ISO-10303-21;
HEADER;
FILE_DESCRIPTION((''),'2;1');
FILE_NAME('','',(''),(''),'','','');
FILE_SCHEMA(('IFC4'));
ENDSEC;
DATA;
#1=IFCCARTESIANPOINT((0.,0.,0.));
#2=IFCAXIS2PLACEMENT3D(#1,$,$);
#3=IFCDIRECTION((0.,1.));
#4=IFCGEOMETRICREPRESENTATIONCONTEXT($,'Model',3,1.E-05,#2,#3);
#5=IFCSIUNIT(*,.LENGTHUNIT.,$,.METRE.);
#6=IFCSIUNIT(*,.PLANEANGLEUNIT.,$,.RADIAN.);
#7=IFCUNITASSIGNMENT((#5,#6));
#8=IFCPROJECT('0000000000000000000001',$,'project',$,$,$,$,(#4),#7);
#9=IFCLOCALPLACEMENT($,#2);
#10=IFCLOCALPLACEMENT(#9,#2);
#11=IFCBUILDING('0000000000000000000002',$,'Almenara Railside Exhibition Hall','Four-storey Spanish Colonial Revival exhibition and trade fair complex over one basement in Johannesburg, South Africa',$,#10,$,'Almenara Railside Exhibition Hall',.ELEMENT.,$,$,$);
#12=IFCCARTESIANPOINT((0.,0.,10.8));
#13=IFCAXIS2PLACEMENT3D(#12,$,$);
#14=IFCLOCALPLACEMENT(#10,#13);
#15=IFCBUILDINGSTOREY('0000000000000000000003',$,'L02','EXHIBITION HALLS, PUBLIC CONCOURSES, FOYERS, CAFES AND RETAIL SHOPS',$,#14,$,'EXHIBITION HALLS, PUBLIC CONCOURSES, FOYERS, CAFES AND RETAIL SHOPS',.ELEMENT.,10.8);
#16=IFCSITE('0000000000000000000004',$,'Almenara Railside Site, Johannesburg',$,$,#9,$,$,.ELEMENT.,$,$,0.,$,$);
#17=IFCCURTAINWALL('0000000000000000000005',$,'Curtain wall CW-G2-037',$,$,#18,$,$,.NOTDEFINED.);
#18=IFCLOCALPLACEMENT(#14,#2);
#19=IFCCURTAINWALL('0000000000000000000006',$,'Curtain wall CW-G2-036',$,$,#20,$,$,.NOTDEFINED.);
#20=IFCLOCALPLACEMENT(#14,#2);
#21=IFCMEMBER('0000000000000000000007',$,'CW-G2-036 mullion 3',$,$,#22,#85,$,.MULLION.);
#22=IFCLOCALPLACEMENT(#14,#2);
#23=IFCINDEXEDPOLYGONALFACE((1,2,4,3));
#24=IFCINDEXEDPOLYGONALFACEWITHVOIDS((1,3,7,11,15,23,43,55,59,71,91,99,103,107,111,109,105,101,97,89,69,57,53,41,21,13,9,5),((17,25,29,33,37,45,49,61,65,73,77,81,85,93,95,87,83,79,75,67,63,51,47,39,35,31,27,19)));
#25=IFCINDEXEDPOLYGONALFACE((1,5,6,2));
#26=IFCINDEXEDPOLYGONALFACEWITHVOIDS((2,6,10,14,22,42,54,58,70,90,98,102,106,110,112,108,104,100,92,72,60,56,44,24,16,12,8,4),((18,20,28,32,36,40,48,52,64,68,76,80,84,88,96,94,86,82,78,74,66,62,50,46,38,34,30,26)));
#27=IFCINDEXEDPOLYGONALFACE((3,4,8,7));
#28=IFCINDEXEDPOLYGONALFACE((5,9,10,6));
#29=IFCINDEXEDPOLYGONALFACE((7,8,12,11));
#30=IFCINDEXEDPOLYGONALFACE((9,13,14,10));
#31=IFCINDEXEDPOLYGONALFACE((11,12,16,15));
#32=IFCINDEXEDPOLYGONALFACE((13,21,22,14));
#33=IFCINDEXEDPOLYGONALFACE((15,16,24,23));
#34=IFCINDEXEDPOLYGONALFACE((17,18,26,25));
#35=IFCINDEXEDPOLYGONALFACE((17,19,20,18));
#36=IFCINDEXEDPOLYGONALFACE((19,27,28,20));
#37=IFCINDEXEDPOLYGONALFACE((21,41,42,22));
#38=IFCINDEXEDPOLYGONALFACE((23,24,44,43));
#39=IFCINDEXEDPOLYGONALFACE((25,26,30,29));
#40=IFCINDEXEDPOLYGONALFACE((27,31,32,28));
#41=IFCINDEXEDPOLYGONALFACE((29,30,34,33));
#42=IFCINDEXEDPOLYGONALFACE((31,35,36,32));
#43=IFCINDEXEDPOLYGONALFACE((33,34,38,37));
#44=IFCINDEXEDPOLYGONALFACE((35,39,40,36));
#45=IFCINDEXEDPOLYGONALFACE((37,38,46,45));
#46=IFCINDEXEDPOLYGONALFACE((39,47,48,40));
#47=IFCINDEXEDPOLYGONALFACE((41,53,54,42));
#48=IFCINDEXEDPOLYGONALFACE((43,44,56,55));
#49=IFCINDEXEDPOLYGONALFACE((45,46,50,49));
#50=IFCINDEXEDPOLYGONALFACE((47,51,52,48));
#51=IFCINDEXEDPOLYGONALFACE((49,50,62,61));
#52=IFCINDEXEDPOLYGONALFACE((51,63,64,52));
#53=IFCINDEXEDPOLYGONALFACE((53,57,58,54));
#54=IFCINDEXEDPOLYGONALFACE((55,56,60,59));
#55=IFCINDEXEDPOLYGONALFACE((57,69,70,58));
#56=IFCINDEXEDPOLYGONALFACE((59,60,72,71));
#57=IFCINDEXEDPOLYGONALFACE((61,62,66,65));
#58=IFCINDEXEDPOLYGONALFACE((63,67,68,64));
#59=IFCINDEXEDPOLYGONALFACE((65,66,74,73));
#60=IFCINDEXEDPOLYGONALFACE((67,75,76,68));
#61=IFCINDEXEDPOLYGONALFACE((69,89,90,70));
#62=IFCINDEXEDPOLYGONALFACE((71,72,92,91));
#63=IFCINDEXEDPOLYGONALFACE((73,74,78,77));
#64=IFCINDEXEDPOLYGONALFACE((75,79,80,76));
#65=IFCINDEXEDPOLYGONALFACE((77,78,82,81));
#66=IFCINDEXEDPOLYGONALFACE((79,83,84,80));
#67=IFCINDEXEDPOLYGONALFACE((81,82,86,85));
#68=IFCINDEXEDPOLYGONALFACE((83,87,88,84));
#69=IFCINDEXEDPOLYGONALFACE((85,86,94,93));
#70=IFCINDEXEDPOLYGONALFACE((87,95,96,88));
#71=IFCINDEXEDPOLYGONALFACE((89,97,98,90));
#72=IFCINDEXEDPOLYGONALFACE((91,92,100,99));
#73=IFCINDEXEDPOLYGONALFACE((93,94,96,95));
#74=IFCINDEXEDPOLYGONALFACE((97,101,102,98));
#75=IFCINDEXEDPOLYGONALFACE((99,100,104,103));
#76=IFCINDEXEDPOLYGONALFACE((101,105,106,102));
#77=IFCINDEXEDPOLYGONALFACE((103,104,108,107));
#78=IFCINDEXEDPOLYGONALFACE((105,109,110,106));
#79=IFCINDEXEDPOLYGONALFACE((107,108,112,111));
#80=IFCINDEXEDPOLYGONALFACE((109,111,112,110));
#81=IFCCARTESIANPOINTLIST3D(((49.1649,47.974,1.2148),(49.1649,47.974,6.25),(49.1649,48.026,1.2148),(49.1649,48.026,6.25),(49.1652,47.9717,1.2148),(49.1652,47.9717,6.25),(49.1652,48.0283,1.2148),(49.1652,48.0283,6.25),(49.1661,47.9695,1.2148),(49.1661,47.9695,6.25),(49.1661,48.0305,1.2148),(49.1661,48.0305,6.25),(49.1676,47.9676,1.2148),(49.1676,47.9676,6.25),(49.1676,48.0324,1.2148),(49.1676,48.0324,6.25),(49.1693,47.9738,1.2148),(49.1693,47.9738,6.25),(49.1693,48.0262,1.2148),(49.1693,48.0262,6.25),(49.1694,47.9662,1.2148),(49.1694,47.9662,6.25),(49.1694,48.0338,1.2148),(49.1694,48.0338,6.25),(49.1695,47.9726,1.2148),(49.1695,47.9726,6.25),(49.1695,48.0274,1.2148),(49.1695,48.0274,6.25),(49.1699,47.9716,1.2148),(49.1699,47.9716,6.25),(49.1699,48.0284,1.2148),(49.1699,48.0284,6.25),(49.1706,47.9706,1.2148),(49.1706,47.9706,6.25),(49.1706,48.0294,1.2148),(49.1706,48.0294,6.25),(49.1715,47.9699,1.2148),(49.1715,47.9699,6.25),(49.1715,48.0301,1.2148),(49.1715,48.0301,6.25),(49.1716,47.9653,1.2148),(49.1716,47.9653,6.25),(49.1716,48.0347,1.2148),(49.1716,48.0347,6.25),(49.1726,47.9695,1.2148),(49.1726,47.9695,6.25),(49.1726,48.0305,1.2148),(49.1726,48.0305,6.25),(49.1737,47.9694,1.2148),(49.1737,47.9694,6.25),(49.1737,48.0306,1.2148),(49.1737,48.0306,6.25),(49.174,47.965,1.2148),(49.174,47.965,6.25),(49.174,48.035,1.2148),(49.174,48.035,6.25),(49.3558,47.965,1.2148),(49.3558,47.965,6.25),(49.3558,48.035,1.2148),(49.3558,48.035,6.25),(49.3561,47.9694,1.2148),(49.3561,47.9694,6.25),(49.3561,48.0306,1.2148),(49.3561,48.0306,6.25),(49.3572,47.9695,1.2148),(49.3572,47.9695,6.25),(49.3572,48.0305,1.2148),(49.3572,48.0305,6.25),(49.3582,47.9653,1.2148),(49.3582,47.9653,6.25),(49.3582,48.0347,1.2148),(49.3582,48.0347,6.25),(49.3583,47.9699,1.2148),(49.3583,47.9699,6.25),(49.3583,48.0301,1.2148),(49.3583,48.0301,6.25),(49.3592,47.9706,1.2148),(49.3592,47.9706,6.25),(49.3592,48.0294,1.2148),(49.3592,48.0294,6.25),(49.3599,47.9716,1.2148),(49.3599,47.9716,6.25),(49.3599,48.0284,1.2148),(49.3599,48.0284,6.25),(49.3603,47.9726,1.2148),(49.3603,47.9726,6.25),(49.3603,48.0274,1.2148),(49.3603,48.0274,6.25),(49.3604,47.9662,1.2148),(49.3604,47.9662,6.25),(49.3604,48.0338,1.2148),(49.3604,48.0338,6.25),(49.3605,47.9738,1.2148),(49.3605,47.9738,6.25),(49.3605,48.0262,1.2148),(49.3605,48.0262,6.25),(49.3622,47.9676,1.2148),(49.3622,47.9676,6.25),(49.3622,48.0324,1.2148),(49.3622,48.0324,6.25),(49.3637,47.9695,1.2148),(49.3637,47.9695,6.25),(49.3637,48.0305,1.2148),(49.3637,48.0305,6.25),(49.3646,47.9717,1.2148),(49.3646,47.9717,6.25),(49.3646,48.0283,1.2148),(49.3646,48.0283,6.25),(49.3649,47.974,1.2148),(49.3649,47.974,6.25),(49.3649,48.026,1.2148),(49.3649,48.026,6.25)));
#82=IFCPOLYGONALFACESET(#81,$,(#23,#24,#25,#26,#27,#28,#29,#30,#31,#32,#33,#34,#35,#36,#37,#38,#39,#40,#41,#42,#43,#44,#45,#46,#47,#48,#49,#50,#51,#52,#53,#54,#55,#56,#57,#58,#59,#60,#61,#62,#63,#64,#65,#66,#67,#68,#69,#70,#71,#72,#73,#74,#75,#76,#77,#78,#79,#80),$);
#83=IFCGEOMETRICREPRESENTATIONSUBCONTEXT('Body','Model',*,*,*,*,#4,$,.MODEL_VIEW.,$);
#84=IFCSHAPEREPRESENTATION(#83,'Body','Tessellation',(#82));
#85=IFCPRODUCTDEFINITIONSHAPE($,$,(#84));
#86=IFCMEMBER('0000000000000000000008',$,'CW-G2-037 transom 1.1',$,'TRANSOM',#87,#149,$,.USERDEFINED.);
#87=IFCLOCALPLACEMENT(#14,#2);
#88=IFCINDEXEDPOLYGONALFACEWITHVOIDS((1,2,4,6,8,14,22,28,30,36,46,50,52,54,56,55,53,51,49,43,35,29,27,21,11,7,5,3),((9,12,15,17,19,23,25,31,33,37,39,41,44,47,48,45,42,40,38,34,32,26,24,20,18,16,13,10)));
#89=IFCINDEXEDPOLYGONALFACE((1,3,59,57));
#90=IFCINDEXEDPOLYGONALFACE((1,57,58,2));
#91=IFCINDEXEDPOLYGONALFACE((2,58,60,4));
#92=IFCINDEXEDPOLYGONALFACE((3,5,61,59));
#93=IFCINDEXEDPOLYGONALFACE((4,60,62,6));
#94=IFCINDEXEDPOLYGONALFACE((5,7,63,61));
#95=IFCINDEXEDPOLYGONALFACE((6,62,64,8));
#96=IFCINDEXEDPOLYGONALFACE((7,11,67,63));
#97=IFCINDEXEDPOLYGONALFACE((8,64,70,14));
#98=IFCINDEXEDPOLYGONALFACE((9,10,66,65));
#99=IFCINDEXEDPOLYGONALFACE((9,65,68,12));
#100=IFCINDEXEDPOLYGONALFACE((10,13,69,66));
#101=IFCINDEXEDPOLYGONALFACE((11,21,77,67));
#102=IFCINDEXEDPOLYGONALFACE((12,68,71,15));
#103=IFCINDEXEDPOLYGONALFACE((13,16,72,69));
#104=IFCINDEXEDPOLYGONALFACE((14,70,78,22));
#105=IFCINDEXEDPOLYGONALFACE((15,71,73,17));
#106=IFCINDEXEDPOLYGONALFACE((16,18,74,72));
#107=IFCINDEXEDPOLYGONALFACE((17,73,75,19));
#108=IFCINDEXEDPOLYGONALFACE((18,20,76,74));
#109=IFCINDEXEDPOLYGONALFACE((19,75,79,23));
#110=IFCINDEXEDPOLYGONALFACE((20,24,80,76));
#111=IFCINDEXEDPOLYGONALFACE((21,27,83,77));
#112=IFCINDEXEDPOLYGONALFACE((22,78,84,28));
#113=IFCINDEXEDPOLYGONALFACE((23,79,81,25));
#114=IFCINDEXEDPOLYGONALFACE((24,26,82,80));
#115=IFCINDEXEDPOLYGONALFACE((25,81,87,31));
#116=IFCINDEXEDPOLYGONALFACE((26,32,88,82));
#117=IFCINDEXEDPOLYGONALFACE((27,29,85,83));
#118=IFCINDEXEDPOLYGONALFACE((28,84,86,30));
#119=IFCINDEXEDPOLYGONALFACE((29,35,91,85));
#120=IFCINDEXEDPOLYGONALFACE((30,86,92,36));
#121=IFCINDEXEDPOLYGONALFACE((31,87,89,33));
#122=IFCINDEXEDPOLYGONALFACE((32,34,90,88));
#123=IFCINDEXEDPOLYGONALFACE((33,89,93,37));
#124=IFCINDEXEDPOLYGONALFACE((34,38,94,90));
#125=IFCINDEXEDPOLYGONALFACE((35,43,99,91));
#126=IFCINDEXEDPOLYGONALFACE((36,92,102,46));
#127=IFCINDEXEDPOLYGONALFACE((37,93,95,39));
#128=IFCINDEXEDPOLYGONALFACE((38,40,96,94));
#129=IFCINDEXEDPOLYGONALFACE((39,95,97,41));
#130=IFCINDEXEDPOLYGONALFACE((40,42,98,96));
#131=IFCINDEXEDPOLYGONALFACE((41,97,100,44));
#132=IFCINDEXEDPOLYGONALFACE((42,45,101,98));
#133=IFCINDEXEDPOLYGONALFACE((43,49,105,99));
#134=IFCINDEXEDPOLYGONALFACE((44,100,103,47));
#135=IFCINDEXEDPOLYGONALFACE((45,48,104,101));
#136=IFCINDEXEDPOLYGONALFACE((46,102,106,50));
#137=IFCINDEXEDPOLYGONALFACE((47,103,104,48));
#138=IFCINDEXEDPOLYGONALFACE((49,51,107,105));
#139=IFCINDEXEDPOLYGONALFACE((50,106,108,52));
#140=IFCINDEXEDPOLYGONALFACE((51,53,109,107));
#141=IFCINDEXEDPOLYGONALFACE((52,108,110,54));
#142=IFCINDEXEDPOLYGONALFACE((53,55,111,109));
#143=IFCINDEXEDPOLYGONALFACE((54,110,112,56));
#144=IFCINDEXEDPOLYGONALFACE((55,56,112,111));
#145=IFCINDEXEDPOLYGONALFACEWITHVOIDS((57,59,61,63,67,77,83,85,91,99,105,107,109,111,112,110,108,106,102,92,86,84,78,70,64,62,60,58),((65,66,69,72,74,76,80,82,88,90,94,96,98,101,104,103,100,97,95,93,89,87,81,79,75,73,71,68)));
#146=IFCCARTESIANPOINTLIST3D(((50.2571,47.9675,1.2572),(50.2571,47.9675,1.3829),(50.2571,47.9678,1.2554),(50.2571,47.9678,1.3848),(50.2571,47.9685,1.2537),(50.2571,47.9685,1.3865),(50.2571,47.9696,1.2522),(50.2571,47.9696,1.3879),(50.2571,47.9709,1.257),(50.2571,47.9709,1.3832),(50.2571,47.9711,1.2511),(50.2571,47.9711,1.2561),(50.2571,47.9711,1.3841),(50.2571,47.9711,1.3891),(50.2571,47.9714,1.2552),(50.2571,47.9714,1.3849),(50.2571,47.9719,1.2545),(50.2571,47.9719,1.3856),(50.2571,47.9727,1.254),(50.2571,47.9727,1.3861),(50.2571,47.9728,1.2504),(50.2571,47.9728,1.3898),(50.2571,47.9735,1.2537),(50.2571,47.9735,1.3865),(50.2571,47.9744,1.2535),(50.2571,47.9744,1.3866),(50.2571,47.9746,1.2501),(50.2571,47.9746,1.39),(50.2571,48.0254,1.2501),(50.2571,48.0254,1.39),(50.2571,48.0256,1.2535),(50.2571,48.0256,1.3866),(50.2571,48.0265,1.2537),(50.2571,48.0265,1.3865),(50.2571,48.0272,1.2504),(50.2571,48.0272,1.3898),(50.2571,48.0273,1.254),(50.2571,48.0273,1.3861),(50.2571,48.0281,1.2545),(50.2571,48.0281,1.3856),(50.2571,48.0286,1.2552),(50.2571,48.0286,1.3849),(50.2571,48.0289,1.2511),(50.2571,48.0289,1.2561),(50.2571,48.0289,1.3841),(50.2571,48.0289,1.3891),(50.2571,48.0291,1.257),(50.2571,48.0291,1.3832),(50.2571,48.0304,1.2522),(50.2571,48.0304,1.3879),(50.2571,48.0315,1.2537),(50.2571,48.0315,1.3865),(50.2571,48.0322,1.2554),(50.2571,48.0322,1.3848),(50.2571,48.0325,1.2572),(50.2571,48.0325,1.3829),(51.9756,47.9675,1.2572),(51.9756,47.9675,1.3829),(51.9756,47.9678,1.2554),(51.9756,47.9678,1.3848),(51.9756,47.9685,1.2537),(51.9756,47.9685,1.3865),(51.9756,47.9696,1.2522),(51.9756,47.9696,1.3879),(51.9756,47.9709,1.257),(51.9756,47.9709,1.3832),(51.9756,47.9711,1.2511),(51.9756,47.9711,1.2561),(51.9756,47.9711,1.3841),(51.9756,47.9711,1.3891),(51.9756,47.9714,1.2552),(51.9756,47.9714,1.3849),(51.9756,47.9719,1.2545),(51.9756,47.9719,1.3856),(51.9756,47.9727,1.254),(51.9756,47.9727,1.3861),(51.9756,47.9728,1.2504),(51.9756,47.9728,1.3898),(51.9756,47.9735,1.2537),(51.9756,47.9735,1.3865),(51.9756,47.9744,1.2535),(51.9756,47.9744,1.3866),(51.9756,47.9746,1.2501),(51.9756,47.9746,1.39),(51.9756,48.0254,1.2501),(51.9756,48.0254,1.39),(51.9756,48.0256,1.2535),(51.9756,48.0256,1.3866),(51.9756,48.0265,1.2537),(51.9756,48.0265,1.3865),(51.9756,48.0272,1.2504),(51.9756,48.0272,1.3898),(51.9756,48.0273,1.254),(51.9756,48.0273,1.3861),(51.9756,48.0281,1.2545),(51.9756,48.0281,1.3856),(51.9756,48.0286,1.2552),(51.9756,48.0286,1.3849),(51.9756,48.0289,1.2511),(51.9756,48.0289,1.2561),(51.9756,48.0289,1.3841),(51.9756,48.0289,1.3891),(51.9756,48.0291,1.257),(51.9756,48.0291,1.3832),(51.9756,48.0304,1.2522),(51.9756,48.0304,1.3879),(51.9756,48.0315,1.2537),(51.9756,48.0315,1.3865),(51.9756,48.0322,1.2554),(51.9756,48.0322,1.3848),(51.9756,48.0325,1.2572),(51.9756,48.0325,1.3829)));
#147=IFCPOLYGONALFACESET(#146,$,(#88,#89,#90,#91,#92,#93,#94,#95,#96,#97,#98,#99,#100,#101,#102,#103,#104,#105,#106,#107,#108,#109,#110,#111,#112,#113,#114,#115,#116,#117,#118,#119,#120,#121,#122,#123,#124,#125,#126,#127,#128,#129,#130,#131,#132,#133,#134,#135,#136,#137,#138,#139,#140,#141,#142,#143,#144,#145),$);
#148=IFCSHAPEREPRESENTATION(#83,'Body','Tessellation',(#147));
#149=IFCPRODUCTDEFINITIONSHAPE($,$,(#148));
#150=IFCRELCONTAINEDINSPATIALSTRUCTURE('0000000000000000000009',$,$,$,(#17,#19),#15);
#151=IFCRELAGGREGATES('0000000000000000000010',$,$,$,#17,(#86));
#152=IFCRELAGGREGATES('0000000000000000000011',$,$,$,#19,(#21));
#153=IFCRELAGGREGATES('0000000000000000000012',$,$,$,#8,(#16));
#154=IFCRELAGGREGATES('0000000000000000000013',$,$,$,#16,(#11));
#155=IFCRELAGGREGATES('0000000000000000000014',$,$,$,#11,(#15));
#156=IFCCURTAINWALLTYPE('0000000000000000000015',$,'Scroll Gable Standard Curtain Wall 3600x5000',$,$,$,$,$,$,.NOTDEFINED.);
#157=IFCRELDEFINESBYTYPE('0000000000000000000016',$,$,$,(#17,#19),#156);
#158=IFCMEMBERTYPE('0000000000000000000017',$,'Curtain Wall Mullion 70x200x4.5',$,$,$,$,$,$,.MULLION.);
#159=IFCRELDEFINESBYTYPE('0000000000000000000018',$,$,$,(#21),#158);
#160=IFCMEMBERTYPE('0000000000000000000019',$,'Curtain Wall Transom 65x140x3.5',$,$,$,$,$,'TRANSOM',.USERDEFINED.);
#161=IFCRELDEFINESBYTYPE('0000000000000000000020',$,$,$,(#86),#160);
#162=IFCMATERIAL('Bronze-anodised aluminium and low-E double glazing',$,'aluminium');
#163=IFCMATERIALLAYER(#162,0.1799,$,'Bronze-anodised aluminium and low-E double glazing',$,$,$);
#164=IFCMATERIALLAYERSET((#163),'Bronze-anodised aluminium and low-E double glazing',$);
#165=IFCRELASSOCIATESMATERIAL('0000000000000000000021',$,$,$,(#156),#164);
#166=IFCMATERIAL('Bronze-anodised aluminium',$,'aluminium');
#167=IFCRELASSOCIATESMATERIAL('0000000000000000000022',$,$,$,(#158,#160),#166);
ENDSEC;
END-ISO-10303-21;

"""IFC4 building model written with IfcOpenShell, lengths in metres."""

from ifc_helpers import new_model, si_unit, direction, frame, origin, origin_2d, place, context, subcontext, project, spatial, hollow_rectangle, extrude, material, layer, layer_set, material_profile, profile_set, type_object, element, aggregate, save


model = new_model("IFC4")

# Units and contexts
model_context = context("Model", 3, precision=1e-05, world=origin(), true_north=direction((0.0, 1.0)))
body_context = subcontext(model_context, "Body", "Model", "MODEL_VIEW")
ifc_project = project(units=[si_unit("LENGTHUNIT", "METRE"), si_unit("PLANEANGLEUNIT", "RADIAN")], contexts=[model_context])

# Site, building, storey
site_placement = place(None, origin())
site = spatial("IfcSite", under=ifc_project, at=site_placement, Name="Almenara Railside Site, Johannesburg", CompositionType="ELEMENT", RefElevation=0.0)
building_placement = place(site_placement, origin())
building = spatial("IfcBuilding", under=site, at=building_placement, Name="Almenara Railside Exhibition Hall", Description="Four-storey Spanish Colonial Revival exhibition and trade fair complex over one basement in Johannesburg, South Africa", LongName="Almenara Railside Exhibition Hall", CompositionType="ELEMENT")
storey_placement = place(building_placement, frame((0.0, 0.0, 10.8)))
storey = spatial("IfcBuildingStorey", under=building, at=storey_placement, Name="L02", Description="EXHIBITION HALLS, PUBLIC CONCOURSES, FOYERS, CAFES AND RETAIL SHOPS", LongName="EXHIBITION HALLS, PUBLIC CONCOURSES, FOYERS, CAFES AND RETAIL SHOPS", CompositionType="ELEMENT", Elevation=10.8)

# Curtain wall
ifc_material_1 = material(Name="Bronze-anodised aluminium and low-E double glazing", Category="aluminium")
ifc_layer_1 = layer(ifc_material_1, 0.1799, Name="Bronze-anodised aluminium and low-E double glazing")
ifc_layer_set_1 = layer_set([ifc_layer_1], Name="Bronze-anodised aluminium and low-E double glazing")
curtain_wall_type_1 = type_object("IfcCurtainWallType", Name="Scroll Gable Standard Curtain Wall 3600x5000", PredefinedType="NOTDEFINED", material=ifc_layer_set_1)
curtain_wall_1_placement = place(storey_placement, origin())
curtain_wall_1 = element("IfcCurtainWall", 1, at=curtain_wall_1_placement, inside=storey, type_object=curtain_wall_type_1, Name="Curtain wall CW-G2-037", PredefinedType="NOTDEFINED")
ifc_material_2 = material(Name="Bronze-anodised aluminium", Category="aluminium")
ifc_material_profile_1 = material_profile(ifc_material_2, hollow_rectangle(XDim=0.0701, YDim=0.2, WallThickness=0.0044, InnerFilletRadius=0.0044, OuterFilletRadius=0.009, at=origin_2d()), Name="ALU-MUL 70x200x4.5")
ifc_profile_set_1 = profile_set([ifc_material_profile_1], Name="Bronze-anodised aluminium")
member_type_1 = type_object("IfcMemberType", Name="Curtain Wall Mullion 70x200x4.5", PredefinedType="MULLION", material=ifc_profile_set_1)

# Curtain wall, member
curtain_wall_2_placement = place(storey_placement, origin())
curtain_wall_2 = element("IfcCurtainWall", 2, at=curtain_wall_2_placement, inside=storey, type_object=curtain_wall_type_1, Name="Curtain wall CW-G2-036", PredefinedType="NOTDEFINED")
member_1_placement = place(storey_placement, frame((49.2649, 48.0, 1.2148), z_axis=(0.0, 0.0, 1.0), x_axis=(0.0, 1.0, 0.0)))
member_1 = element("IfcMember", 3, at=member_1_placement, type_object=member_type_1, Name="CW-G2-036 mullion 3", PredefinedType="MULLION", context=body_context, shape_type="SweptSolid", body=[
    extrude(hollow_rectangle(XDim=0.0701, YDim=0.2, WallThickness=0.0044, InnerFilletRadius=0.0044, OuterFilletRadius=0.009, at=origin_2d()), origin(), (0.0, 0.0, 1.0), 5.0352),
])

# Member
ifc_material_profile_2 = material_profile(ifc_material_2, hollow_rectangle(XDim=0.0649, YDim=0.1399, WallThickness=0.0034, InnerFilletRadius=0.0034, OuterFilletRadius=0.0071, at=origin_2d()), Name="ALU-TRN 65x140x3.5")
ifc_profile_set_2 = profile_set([ifc_material_profile_2], Name="Bronze-anodised aluminium")
member_type_2 = type_object("IfcMemberType", Name="Curtain Wall Transom 65x140x3.5", ElementType="TRANSOM", PredefinedType="USERDEFINED", material=ifc_profile_set_2)
member_2_placement = place(storey_placement, frame((50.2571, 48.0, 1.3201), z_axis=(1.0, 0.0, 0.0), x_axis=(0.0, 1.0, 0.0)))
member_2 = element("IfcMember", 4, at=member_2_placement, type_object=member_type_2, Name="CW-G2-037 transom 1.1", ObjectType="TRANSOM", PredefinedType="USERDEFINED", context=body_context, shape_type="SweptSolid", body=[
    extrude(hollow_rectangle(XDim=0.0649, YDim=0.1399, WallThickness=0.0034, InnerFilletRadius=0.0034, OuterFilletRadius=0.0071, at=origin_2d()), origin(), (0.0, 0.0, 1.0), 1.7185),
])

aggregate(curtain_wall_1, [member_2])
aggregate(curtain_wall_2, [member_1])

save(model, "model.ifc")
